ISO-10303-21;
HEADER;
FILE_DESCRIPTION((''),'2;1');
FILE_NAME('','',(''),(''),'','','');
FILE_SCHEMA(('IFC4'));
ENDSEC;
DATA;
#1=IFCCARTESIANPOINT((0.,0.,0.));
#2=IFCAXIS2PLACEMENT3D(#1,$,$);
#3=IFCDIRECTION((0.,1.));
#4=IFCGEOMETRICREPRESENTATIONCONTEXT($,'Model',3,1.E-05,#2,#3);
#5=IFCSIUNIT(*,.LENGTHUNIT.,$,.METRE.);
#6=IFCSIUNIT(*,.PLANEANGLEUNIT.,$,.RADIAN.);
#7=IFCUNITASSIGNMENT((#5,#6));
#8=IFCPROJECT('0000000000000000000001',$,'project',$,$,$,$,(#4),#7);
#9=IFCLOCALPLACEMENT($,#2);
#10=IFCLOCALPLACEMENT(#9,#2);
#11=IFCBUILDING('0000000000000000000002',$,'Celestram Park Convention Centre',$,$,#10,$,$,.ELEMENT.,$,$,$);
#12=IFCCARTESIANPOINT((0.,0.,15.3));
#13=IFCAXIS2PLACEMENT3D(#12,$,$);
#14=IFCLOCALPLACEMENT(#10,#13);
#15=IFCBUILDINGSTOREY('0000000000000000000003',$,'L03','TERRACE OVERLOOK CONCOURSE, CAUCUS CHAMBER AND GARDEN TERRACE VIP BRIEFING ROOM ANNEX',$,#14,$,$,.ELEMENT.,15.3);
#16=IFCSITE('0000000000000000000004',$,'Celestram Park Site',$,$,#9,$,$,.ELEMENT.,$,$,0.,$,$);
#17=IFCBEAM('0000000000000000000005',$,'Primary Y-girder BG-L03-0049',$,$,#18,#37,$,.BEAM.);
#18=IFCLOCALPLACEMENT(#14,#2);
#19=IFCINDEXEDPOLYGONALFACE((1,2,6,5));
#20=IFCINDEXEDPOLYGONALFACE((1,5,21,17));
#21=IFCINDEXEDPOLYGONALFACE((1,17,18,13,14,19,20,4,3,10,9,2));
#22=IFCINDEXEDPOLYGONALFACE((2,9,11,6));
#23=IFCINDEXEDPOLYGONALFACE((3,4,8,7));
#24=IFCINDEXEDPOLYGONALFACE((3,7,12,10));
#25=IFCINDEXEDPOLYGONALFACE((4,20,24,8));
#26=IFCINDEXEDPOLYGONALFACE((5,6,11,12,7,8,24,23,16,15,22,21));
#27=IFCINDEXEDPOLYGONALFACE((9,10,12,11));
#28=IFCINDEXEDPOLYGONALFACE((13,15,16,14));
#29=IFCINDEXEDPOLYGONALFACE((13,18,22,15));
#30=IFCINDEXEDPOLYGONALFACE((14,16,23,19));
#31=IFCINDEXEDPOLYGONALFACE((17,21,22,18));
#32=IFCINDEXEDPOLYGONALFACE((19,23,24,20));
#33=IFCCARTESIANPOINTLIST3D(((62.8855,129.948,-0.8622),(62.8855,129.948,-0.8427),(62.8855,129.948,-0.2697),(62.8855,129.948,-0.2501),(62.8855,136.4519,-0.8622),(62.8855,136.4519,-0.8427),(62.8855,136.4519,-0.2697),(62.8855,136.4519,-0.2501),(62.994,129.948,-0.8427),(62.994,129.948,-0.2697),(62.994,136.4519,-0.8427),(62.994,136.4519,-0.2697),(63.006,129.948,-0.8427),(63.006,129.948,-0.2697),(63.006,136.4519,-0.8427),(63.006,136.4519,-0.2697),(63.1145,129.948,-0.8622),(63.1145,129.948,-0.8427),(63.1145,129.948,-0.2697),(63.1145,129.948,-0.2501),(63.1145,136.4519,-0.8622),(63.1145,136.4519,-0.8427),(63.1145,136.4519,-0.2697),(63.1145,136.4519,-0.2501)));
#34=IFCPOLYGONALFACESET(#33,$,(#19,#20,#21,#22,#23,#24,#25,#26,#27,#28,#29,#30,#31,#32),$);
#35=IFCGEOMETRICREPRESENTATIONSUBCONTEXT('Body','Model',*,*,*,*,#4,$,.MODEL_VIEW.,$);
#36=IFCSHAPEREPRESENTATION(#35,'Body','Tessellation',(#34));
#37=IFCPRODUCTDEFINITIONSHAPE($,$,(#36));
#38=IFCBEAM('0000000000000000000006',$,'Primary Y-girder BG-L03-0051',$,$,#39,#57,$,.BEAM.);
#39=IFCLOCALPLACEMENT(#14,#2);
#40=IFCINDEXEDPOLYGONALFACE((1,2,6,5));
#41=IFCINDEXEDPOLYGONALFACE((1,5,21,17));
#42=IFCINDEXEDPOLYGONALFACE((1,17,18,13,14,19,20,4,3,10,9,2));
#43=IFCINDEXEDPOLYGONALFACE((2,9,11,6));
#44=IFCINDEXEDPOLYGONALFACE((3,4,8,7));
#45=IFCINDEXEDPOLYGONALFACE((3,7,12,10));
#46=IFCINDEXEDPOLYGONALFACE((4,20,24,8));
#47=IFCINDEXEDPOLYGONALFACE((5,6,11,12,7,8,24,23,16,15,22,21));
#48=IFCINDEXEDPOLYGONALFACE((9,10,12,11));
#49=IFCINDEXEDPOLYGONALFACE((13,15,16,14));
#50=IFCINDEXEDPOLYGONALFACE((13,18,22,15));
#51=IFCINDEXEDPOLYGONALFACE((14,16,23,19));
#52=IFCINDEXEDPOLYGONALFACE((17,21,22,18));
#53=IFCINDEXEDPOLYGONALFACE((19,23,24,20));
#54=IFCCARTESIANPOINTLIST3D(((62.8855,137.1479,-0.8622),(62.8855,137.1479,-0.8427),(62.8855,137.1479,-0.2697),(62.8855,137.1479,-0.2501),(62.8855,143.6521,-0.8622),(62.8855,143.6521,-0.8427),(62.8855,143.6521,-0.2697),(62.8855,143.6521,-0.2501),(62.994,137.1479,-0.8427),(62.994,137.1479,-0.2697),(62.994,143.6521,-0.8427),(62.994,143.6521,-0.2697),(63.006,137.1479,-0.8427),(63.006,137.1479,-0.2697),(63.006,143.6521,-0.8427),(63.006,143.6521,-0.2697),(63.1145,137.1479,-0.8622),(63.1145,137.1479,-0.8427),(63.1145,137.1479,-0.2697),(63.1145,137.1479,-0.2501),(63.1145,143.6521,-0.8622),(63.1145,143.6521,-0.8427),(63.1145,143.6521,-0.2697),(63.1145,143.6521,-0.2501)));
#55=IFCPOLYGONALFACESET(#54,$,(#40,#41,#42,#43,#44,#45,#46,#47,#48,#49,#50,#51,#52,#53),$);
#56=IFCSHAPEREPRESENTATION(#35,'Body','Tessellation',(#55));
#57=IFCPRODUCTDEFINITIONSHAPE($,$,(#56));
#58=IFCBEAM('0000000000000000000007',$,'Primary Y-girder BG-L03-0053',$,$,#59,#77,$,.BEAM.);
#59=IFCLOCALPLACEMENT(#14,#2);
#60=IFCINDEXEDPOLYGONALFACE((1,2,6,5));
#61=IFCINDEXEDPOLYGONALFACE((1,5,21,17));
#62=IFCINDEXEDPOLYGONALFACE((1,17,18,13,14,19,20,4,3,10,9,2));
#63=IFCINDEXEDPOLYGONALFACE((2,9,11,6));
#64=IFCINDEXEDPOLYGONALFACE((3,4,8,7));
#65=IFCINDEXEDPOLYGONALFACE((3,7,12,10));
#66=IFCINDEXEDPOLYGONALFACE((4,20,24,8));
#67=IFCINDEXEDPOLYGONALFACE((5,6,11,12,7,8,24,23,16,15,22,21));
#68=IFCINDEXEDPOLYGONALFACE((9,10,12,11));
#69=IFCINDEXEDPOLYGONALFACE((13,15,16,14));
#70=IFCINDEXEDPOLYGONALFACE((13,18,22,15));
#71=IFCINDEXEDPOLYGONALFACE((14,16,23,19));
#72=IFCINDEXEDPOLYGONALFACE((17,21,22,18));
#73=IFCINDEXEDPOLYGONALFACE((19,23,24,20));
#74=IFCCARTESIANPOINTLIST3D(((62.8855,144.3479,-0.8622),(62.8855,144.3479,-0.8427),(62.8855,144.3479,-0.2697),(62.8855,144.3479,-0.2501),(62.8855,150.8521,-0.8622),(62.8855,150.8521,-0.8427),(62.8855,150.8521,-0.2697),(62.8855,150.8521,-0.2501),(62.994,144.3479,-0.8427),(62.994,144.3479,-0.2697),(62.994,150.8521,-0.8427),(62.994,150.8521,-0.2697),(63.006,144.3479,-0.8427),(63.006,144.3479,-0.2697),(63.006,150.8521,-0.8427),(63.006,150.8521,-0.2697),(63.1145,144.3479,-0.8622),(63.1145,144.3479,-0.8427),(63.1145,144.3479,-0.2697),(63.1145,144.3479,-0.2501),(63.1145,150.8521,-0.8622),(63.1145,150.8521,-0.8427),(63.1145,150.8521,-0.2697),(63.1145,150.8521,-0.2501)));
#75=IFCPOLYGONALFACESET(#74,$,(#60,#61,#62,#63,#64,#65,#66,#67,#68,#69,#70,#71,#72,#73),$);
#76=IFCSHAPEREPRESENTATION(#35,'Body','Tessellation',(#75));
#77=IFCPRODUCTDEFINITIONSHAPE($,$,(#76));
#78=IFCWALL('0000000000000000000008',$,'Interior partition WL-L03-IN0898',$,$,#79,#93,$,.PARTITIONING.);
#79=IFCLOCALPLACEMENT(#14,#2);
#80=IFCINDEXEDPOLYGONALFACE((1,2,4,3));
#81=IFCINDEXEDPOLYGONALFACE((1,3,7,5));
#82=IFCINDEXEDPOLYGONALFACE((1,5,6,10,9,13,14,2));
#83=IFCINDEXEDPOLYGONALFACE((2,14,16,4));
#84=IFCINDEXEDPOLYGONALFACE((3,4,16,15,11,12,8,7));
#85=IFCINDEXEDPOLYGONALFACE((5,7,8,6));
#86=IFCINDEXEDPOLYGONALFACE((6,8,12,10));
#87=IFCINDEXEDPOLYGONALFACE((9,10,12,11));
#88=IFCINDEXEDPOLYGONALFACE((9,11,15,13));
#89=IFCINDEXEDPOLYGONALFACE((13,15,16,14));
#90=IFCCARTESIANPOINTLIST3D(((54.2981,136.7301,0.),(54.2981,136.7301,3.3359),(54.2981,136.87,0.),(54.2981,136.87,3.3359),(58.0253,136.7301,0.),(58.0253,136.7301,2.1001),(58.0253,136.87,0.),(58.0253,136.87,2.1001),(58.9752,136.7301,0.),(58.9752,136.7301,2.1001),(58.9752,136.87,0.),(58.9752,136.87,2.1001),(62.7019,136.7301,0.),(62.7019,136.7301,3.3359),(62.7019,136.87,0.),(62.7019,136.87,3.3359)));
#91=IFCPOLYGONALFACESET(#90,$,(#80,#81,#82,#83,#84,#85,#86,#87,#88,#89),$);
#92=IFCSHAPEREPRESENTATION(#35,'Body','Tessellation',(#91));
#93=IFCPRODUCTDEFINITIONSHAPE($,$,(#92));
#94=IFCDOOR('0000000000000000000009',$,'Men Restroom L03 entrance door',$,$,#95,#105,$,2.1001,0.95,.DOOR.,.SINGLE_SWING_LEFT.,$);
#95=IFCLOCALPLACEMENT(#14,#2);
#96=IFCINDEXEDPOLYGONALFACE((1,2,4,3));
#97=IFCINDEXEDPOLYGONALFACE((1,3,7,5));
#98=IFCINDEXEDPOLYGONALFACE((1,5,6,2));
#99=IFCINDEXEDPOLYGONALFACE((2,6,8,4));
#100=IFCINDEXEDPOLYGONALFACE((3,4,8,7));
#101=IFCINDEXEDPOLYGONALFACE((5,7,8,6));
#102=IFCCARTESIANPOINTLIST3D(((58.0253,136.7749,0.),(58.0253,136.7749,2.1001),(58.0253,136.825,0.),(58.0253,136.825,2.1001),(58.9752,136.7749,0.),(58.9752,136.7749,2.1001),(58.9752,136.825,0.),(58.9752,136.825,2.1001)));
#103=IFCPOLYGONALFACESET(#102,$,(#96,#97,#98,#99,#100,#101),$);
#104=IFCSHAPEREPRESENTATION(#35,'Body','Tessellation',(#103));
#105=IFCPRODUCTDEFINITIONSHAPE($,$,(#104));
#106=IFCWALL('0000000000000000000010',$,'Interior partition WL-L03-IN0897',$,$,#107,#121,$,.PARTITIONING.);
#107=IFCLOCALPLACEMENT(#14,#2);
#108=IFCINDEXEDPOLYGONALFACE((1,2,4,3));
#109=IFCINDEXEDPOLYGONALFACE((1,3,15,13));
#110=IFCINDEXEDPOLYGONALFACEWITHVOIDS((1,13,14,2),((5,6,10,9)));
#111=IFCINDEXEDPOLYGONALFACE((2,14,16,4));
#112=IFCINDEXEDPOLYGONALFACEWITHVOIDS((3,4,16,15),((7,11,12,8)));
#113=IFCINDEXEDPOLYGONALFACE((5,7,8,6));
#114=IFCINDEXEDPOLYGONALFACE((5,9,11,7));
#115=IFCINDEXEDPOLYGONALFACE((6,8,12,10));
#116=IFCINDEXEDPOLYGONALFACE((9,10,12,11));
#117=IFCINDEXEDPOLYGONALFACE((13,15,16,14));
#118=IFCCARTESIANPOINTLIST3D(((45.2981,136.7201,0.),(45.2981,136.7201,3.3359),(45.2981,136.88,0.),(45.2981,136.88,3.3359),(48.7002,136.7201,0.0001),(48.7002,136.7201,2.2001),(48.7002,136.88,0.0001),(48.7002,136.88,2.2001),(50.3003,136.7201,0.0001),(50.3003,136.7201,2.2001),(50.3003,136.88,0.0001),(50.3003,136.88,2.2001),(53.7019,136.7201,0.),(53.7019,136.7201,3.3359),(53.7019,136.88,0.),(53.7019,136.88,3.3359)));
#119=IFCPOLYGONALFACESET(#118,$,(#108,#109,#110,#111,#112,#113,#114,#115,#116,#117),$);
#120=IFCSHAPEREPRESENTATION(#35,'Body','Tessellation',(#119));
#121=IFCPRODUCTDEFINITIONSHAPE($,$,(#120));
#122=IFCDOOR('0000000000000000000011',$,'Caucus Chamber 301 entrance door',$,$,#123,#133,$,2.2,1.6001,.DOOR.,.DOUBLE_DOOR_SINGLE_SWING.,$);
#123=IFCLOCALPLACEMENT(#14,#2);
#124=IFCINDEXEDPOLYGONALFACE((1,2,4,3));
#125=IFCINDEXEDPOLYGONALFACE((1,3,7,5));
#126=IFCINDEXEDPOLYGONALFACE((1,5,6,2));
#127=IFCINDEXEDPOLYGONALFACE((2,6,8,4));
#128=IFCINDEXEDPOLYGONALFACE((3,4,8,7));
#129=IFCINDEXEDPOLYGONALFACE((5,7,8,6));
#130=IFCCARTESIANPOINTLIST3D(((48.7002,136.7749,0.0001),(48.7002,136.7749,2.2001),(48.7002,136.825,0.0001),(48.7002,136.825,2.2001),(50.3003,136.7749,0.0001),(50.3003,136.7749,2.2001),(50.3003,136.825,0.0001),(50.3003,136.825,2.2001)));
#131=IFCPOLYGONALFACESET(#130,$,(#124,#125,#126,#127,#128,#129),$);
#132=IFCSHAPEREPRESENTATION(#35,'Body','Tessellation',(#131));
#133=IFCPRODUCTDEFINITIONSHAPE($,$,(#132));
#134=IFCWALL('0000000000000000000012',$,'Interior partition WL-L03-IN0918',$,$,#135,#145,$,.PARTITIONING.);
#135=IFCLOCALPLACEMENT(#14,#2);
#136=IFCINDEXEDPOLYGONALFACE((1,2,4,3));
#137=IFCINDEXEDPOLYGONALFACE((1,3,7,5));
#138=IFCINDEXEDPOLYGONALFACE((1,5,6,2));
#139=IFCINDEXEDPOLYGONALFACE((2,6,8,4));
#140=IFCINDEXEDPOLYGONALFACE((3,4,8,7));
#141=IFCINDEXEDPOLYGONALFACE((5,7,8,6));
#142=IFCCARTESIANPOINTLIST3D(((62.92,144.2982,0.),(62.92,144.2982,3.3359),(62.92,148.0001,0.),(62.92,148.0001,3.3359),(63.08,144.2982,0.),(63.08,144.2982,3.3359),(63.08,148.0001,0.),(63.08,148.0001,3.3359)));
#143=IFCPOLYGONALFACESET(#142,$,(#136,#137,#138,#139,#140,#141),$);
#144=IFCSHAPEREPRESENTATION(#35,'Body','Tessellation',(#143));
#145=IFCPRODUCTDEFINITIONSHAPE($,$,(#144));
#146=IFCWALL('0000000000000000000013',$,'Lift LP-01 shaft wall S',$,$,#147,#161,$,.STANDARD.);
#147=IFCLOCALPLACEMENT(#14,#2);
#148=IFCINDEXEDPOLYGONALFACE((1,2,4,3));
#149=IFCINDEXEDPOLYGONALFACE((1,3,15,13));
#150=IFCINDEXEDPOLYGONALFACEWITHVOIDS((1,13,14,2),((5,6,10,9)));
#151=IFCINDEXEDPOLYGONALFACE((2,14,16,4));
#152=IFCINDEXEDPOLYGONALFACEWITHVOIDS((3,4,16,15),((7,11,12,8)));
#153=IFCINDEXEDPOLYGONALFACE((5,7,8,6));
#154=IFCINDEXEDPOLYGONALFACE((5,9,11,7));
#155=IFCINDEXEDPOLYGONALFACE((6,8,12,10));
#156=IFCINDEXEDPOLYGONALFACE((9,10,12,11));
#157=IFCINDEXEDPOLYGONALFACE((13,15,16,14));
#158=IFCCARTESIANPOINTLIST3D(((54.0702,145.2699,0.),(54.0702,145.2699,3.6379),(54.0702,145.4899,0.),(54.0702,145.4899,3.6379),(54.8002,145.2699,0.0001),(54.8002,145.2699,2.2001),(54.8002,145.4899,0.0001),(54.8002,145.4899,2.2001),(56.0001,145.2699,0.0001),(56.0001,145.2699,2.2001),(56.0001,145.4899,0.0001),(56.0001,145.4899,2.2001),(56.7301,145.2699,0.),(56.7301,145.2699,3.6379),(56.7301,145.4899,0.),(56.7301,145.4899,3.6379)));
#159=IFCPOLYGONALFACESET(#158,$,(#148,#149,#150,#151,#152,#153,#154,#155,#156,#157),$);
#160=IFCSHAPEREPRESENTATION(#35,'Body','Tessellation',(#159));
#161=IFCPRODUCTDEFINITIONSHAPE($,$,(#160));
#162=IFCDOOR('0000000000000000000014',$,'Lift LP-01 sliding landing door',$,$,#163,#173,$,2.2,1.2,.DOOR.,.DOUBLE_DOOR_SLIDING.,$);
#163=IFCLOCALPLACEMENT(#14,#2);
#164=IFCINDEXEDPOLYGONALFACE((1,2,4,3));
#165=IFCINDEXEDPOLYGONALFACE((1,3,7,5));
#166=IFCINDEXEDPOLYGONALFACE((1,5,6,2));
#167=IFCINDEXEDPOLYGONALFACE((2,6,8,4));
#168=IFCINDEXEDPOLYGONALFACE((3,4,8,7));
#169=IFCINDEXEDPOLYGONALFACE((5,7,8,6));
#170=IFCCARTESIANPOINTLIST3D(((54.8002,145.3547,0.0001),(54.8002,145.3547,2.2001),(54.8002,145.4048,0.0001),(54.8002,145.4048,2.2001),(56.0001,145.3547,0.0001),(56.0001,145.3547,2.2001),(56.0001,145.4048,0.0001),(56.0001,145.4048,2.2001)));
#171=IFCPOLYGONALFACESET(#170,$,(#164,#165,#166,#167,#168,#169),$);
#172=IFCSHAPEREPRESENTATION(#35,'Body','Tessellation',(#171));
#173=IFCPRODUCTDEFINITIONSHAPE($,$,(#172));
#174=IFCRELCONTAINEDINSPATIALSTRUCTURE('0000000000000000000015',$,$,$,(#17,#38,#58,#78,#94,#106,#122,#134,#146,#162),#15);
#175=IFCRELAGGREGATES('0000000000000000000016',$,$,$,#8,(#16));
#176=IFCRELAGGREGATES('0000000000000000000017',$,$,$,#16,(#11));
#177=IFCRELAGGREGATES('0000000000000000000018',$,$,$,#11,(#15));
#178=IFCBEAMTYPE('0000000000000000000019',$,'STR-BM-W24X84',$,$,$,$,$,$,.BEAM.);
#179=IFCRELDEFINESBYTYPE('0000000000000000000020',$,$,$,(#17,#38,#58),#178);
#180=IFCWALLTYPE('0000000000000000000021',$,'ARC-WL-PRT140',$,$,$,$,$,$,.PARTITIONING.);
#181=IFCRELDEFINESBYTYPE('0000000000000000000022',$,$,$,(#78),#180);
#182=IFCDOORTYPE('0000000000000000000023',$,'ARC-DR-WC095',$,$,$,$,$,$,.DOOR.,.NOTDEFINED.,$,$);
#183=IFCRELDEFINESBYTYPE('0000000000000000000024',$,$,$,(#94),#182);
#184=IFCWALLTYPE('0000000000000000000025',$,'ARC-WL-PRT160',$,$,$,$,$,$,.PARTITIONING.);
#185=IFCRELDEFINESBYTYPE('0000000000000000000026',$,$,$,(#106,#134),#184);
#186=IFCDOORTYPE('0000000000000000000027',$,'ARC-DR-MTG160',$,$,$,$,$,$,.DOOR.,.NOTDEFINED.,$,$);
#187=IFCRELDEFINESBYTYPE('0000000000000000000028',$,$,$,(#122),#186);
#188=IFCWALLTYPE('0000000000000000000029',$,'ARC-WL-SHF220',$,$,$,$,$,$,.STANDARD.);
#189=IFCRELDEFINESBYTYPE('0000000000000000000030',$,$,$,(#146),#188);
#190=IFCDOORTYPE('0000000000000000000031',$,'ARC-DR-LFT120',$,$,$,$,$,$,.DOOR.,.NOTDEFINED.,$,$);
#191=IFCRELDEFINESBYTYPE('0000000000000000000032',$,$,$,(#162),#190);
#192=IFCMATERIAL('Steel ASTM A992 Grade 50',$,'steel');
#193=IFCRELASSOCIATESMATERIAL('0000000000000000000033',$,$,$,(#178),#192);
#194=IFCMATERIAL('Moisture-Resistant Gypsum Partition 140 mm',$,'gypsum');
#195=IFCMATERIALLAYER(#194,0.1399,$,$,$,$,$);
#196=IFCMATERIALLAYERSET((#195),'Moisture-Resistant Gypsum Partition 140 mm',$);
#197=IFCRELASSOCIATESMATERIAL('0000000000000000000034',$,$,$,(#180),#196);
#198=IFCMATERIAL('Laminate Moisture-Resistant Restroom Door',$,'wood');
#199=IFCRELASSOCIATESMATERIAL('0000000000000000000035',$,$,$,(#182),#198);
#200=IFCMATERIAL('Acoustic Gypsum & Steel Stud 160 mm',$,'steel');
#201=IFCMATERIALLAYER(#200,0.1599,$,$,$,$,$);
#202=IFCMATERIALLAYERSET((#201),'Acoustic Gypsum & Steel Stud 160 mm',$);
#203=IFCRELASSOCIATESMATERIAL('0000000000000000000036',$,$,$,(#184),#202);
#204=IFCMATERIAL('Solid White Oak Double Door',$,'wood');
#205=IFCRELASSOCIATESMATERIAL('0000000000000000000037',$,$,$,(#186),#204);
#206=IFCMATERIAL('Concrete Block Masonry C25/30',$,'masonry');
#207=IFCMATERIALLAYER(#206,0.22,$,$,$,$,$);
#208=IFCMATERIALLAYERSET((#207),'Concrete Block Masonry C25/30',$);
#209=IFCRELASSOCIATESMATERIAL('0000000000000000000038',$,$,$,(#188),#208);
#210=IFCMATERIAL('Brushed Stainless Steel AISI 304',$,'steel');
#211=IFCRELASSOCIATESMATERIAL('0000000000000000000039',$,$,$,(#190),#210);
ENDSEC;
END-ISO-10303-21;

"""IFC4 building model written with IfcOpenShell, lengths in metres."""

from ifc_helpers import new_model, si_unit, direction, frame, frame_2d, origin, origin_2d, place, context, subcontext, project, spatial, rectangle, i_section, extrude, material, layer, layer_set, material_profile, profile_set, type_object, element, fill, save


model = new_model("IFC4")

# Units and contexts
model_context = context("Model", 3, precision=1e-05, world=origin(), true_north=direction((0.0, 1.0)))
body_context = subcontext(model_context, "Body", "Model", "MODEL_VIEW")
ifc_project = project(units=[si_unit("LENGTHUNIT", "METRE"), si_unit("PLANEANGLEUNIT", "RADIAN")], contexts=[model_context])

# Site, building, storey
site_placement = place(None, origin())
site = spatial("IfcSite", under=ifc_project, at=site_placement, Name="Celestram Park Site", CompositionType="ELEMENT", RefElevation=0.0)
building_placement = place(site_placement, origin())
building = spatial("IfcBuilding", under=site, at=building_placement, Name="Celestram Park Convention Centre", CompositionType="ELEMENT")
storey_placement = place(building_placement, frame((0.0, 0.0, 15.3)))
storey = spatial("IfcBuildingStorey", under=building, at=storey_placement, Name="L03", Description="TERRACE OVERLOOK CONCOURSE, CAUCUS CHAMBER AND GARDEN TERRACE VIP BRIEFING ROOM ANNEX", CompositionType="ELEMENT", Elevation=15.3)

# Beams
ifc_material_1 = material(Name="Steel ASTM A992 Grade 50", Category="steel")
ifc_material_profile_1 = material_profile(ifc_material_1, i_section(OverallWidth=0.229, OverallDepth=0.6121, WebThickness=0.012, FlangeThickness=0.0195, at=origin_2d()), Name="W24X84")
ifc_profile_set_1 = profile_set([ifc_material_profile_1], Name="Steel ASTM A992 Grade 50")
beam_type_1 = type_object("IfcBeamType", Name="STR-BM-W24X84", PredefinedType="BEAM", material=ifc_profile_set_1)
beam_1_placement = place(storey_placement, frame((63.0, 129.948, -0.5562), z_axis=(0.0, 1.0, 0.0), x_axis=(-1.0, 0.0, 0.0)))
element("IfcBeam", 1, at=beam_1_placement, inside=storey, type_object=beam_type_1, Name="Primary Y-girder BG-L03-0049", PredefinedType="BEAM", context=body_context, shape_type="SweptSolid", body=[
    extrude(i_section(OverallWidth=0.229, OverallDepth=0.6121, WebThickness=0.012, FlangeThickness=0.0195, at=origin_2d()), origin(), (0.0, 0.0, 1.0), 6.5039),
])
for number, where, z_axis, x_axis, name in (
    (2, (63.0, 137.1479, -0.5562), (0.0, 1.0, 0.0), (-1.0, 0.0, 0.0), "Primary Y-girder BG-L03-0051"),
    (3, (63.0, 144.3479, -0.5562), (0.0, 1.0, 0.0), (-1.0, 0.0, 0.0), "Primary Y-girder BG-L03-0053"),
):
    element("IfcBeam", number, at=place(storey_placement, frame(where, z_axis=z_axis, x_axis=x_axis)), inside=storey, type_object=beam_type_1, Name=name, PredefinedType="BEAM", context=body_context, shape_type="SweptSolid", body=[
        extrude(i_section(OverallWidth=0.229, OverallDepth=0.6121, WebThickness=0.012, FlangeThickness=0.0195, at=origin_2d()), origin(), (0.0, 0.0, 1.0), 6.5042),
    ])

# Walls, openings, doors
ifc_material_2 = material(Name="Moisture-Resistant Gypsum Partition 140 mm", Category="gypsum")
ifc_layer_1 = layer(ifc_material_2, 0.1399)
ifc_layer_set_1 = layer_set([ifc_layer_1], Name="Moisture-Resistant Gypsum Partition 140 mm")
wall_type_1 = type_object("IfcWallType", Name="ARC-WL-PRT140", PredefinedType="PARTITIONING", material=ifc_layer_set_1)
wall_1_placement = place(storey_placement, frame((54.2981, 136.8, 0.0), z_axis=(0.0, 0.0, 1.0), x_axis=(1.0, 0.0, 0.0)))
wall_1 = element("IfcWall", 4, at=wall_1_placement, inside=storey, type_object=wall_type_1, Name="Interior partition WL-L03-IN0898", PredefinedType="PARTITIONING", context=body_context, shape_type="SweptSolid", body=[
    extrude(rectangle(XDim=8.4038, YDim=0.1399, at=frame_2d((4.2019, 0.0))), origin(), (0.0, 0.0, 1.0), 3.3359),
])
opening_1_placement = place(wall_1_placement, frame((3.7271, 0.0, 0.0)))
opening_1 = element("IfcOpeningElement", 5, at=opening_1_placement, cuts=wall_1, PredefinedType="OPENING", context=body_context, shape_type="SweptSolid", body=[
    extrude(rectangle(XDim=0.95, YDim=2.1001, at=frame_2d((0.4751, 1.05))), frame((0.0, 0.0798, 0.0), z_axis=(0.0, -1.0, 0.0), x_axis=(1.0, 0.0, 0.0)), (0.0, 0.0, 1.0), 0.1599),
])
ifc_material_3 = material(Name="Laminate Moisture-Resistant Restroom Door", Category="wood")
door_type_1 = type_object("IfcDoorType", Name="ARC-DR-WC095", OperationType="NOTDEFINED", PredefinedType="DOOR", material=ifc_material_3)
door_1_placement = place(opening_1_placement, origin())
door_1 = element("IfcDoor", 6, at=door_1_placement, inside=storey, type_object=door_type_1, Name="Men Restroom L03 entrance door", OperationType="SINGLE_SWING_LEFT", OverallHeight=2.1001, OverallWidth=0.95, PredefinedType="DOOR", context=body_context, shape_type="SweptSolid", body=[
    extrude(rectangle(XDim=0.95, YDim=2.1001, at=frame_2d((0.4751, 1.05))), frame((0.0, 0.0249, 0.0), z_axis=(0.0, -1.0, 0.0), x_axis=(1.0, 0.0, 0.0)), (0.0, 0.0, 1.0), 0.05),
])
fill(opening_1, door_1)
ifc_material_4 = material(Name="Acoustic Gypsum & Steel Stud 160 mm", Category="steel")
ifc_layer_2 = layer(ifc_material_4, 0.1599)
ifc_layer_set_2 = layer_set([ifc_layer_2], Name="Acoustic Gypsum & Steel Stud 160 mm")
wall_type_2 = type_object("IfcWallType", Name="ARC-WL-PRT160", PredefinedType="PARTITIONING", material=ifc_layer_set_2)
wall_2_placement = place(storey_placement, frame((45.2981, 136.8, 0.0), z_axis=(0.0, 0.0, 1.0), x_axis=(1.0, 0.0, 0.0)))
wall_2 = element("IfcWall", 7, at=wall_2_placement, inside=storey, type_object=wall_type_2, Name="Interior partition WL-L03-IN0897", PredefinedType="PARTITIONING", context=body_context, shape_type="SweptSolid", body=[
    extrude(rectangle(XDim=8.4038, YDim=0.1599, at=frame_2d((4.2019, 0.0))), origin(), (0.0, 0.0, 1.0), 3.3359),
])
opening_2_placement = place(wall_2_placement, frame((3.4021, 0.0, 0.0)))
opening_2 = element("IfcOpeningElement", 8, at=opening_2_placement, cuts=wall_2, PredefinedType="OPENING", context=body_context, shape_type="SweptSolid", body=[
    extrude(rectangle(XDim=1.6001, YDim=2.2, at=frame_2d((0.8, 1.1001))), frame((0.0, 0.0898, 0.0), z_axis=(0.0, -1.0, 0.0), x_axis=(1.0, 0.0, 0.0)), (0.0, 0.0, 1.0), 0.1799),
])
ifc_material_5 = material(Name="Solid White Oak Double Door", Category="wood")
door_type_2 = type_object("IfcDoorType", Name="ARC-DR-MTG160", OperationType="NOTDEFINED", PredefinedType="DOOR", material=ifc_material_5)
door_2_placement = place(opening_2_placement, origin())
door_2 = element("IfcDoor", 9, at=door_2_placement, inside=storey, type_object=door_type_2, Name="Caucus Chamber 301 entrance door", OperationType="DOUBLE_DOOR_SINGLE_SWING", OverallHeight=2.2, OverallWidth=1.6001, PredefinedType="DOOR", context=body_context, shape_type="SweptSolid", body=[
    extrude(rectangle(XDim=1.6001, YDim=2.2, at=frame_2d((0.8, 1.1001))), frame((0.0, 0.0249, 0.0), z_axis=(0.0, -1.0, 0.0), x_axis=(1.0, 0.0, 0.0)), (0.0, 0.0, 1.0), 0.05),
])
fill(opening_2, door_2)

# Wall
wall_3_placement = place(storey_placement, frame((63.0, 144.2981, 0.0), z_axis=(0.0, 0.0, 1.0), x_axis=(0.0, 1.0, 0.0)))
element("IfcWall", 10, at=wall_3_placement, inside=storey, type_object=wall_type_2, Name="Interior partition WL-L03-IN0918", PredefinedType="PARTITIONING", context=body_context, shape_type="SweptSolid", body=[
    extrude(rectangle(XDim=3.7019, YDim=0.1599, at=frame_2d((1.8511, 0.0))), origin(), (0.0, 0.0, 1.0), 3.3359),
])

# Wall, opening, door
ifc_material_6 = material(Name="Concrete Block Masonry C25/30", Category="masonry")
ifc_layer_3 = layer(ifc_material_6, 0.22)
ifc_layer_set_3 = layer_set([ifc_layer_3], Name="Concrete Block Masonry C25/30")
wall_type_3 = type_object("IfcWallType", Name="ARC-WL-SHF220", PredefinedType="STANDARD", material=ifc_layer_set_3)
wall_4_placement = place(storey_placement, frame((54.0701, 145.3799, 0.0), z_axis=(0.0, 0.0, 1.0), x_axis=(1.0, 0.0, 0.0)))
wall_4 = element("IfcWall", 11, at=wall_4_placement, inside=storey, type_object=wall_type_3, Name="Lift LP-01 shaft wall S", PredefinedType="STANDARD", context=body_context, shape_type="SweptSolid", body=[
    extrude(rectangle(XDim=2.6599, YDim=0.22, at=frame_2d((1.3301, 0.0))), origin(), (0.0, 0.0, 1.0), 3.6379),
])
opening_3_placement = place(wall_4_placement, frame((0.73, 0.0, 0.0)))
opening_3 = element("IfcOpeningElement", 12, at=opening_3_placement, cuts=wall_4, PredefinedType="OPENING", context=body_context, shape_type="SweptSolid", body=[
    extrude(rectangle(XDim=1.2, YDim=2.2, at=frame_2d((0.6001, 1.1001))), frame((0.0, 0.1199, 0.0), z_axis=(0.0, -1.0, 0.0), x_axis=(1.0, 0.0, 0.0)), (0.0, 0.0, 1.0), 0.24),
])
ifc_material_7 = material(Name="Brushed Stainless Steel AISI 304", Category="steel")
door_type_3 = type_object("IfcDoorType", Name="ARC-DR-LFT120", OperationType="NOTDEFINED", PredefinedType="DOOR", material=ifc_material_7)
door_3_placement = place(opening_3_placement, origin())
door_3 = element("IfcDoor", 13, at=door_3_placement, inside=storey, type_object=door_type_3, Name="Lift LP-01 sliding landing door", OperationType="DOUBLE_DOOR_SLIDING", OverallHeight=2.2, OverallWidth=1.2, PredefinedType="DOOR", context=body_context, shape_type="SweptSolid", body=[
    extrude(rectangle(XDim=1.2, YDim=2.2, at=frame_2d((0.6001, 1.1001))), frame((0.0, 0.0249, 0.0), z_axis=(0.0, -1.0, 0.0), x_axis=(1.0, 0.0, 0.0)), (0.0, 0.0, 1.0), 0.05),
])
fill(opening_3, door_3)

save(model, "model.ifc")
